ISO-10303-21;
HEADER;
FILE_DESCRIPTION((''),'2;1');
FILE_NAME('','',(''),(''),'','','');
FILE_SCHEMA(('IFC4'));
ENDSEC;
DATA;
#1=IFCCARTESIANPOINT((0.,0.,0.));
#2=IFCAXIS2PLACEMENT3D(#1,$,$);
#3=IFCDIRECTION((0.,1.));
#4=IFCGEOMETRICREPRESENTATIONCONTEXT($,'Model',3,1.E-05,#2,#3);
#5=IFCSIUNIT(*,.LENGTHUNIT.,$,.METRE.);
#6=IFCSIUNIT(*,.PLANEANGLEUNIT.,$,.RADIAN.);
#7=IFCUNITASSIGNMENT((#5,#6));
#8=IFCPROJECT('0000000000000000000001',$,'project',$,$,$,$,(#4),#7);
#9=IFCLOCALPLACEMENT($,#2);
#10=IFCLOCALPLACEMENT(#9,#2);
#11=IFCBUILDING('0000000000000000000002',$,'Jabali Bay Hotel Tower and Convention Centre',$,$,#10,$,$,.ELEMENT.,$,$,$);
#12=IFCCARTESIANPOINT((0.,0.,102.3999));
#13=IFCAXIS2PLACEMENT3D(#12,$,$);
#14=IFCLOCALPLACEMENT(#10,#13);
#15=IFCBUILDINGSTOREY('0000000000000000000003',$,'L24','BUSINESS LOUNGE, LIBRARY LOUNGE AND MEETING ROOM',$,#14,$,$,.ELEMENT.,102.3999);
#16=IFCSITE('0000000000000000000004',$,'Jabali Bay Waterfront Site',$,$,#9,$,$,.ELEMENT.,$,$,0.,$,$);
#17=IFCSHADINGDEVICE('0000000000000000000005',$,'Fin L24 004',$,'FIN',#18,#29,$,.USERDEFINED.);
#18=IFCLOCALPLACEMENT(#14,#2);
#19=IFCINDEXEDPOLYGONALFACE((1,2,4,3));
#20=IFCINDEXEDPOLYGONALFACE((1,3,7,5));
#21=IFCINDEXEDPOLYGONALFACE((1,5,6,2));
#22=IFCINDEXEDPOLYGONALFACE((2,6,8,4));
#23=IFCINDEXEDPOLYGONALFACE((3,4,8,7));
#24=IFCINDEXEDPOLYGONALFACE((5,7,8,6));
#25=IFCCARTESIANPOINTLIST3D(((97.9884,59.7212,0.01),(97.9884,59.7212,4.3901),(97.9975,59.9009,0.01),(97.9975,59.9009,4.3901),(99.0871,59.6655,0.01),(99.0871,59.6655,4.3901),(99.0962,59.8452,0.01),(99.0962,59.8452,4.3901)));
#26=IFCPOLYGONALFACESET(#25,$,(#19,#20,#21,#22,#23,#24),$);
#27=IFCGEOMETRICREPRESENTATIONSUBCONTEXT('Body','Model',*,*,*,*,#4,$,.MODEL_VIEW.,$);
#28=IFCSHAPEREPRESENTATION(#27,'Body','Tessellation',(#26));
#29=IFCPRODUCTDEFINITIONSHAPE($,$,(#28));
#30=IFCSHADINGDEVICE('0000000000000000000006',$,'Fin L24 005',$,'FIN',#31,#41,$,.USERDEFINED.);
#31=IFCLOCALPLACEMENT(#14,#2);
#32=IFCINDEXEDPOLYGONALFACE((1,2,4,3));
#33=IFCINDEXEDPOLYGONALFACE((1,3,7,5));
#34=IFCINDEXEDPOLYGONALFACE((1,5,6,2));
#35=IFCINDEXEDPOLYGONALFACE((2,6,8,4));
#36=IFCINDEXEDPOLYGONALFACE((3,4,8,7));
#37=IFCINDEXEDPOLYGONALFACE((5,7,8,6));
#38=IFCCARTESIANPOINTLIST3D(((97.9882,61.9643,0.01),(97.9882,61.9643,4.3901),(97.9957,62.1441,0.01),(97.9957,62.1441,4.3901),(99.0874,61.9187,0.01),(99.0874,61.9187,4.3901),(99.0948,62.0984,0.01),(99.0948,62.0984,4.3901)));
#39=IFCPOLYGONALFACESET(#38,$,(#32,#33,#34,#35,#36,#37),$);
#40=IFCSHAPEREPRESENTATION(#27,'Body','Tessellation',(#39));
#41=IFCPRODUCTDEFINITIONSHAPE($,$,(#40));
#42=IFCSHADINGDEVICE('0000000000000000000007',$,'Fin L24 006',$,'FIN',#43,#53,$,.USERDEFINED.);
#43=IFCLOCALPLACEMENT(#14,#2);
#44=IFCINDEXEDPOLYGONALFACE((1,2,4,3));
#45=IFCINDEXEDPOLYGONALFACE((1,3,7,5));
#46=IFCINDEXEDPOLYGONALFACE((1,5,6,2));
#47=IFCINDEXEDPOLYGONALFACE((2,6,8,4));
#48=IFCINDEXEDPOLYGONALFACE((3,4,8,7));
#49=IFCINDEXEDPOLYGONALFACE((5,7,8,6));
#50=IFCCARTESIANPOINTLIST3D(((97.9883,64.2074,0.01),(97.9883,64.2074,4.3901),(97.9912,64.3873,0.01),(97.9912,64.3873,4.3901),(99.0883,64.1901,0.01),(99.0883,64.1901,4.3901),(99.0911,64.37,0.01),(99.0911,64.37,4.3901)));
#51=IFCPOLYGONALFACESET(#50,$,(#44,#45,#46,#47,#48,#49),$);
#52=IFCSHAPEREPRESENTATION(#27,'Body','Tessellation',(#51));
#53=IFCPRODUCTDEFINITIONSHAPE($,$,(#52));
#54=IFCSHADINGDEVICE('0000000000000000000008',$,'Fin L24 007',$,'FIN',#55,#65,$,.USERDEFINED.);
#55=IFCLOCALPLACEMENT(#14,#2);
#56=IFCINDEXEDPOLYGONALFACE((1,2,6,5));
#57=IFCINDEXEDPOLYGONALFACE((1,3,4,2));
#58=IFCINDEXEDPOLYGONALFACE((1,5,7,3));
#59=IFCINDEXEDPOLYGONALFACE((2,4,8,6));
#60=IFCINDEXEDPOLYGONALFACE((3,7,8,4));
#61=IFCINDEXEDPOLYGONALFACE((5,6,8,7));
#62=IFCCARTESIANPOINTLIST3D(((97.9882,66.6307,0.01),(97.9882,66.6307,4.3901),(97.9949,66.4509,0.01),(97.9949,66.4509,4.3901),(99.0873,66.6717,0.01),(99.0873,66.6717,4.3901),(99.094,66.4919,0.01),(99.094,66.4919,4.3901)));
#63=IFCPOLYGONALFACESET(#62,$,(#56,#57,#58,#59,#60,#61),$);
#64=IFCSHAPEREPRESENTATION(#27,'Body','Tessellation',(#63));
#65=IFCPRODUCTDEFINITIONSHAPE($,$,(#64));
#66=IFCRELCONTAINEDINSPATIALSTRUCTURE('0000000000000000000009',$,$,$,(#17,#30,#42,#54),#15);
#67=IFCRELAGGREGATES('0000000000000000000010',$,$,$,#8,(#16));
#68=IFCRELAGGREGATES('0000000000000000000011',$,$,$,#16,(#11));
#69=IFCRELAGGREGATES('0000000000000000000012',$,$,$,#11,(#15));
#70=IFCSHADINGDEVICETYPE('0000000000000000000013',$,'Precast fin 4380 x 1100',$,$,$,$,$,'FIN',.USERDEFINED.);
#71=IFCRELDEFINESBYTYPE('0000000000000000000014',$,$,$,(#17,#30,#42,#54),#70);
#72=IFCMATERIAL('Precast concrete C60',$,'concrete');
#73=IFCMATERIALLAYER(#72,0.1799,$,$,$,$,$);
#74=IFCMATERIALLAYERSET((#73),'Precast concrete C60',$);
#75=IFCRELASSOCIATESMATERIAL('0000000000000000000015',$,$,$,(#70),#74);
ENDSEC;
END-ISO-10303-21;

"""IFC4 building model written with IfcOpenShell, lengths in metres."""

from ifc_helpers import new_model, si_unit, direction, frame, frame_2d, origin, place, context, subcontext, project, spatial, rectangle, extrude, material, layer, layer_set, type_object, element, save


model = new_model("IFC4")

# Units and contexts
model_context = context("Model", 3, precision=1e-05, world=origin(), true_north=direction((0.0, 1.0)))
body_context = subcontext(model_context, "Body", "Model", "MODEL_VIEW")
ifc_project = project(units=[si_unit("LENGTHUNIT", "METRE"), si_unit("PLANEANGLEUNIT", "RADIAN")], contexts=[model_context])

# Site, building, storey
site_placement = place(None, origin())
site = spatial("IfcSite", under=ifc_project, at=site_placement, Name="Jabali Bay Waterfront Site", CompositionType="ELEMENT", RefElevation=0.0)
building_placement = place(site_placement, origin())
building = spatial("IfcBuilding", under=site, at=building_placement, Name="Jabali Bay Hotel Tower and Convention Centre", CompositionType="ELEMENT")
storey_placement = place(building_placement, frame((0.0, 0.0, 102.3999)))
storey = spatial("IfcBuildingStorey", under=building, at=storey_placement, Name="L24", Description="BUSINESS LOUNGE, LIBRARY LOUNGE AND MEETING ROOM", CompositionType="ELEMENT", Elevation=102.3999)

# Shading devices
ifc_material_1 = material(Name="Precast concrete C60", Category="concrete")
ifc_layer_1 = layer(ifc_material_1, 0.1799)
ifc_layer_set_1 = layer_set([ifc_layer_1], Name="Precast concrete C60")
shading_device_type = type_object("IfcShadingDeviceType", Name="Precast fin 4380 x 1100", ElementType="FIN", PredefinedType="USERDEFINED", material=ifc_layer_set_1)
for number, where, z_axis, x_axis, name in (
    (1, (97.9929, 59.811, 0.01), (0.0, 0.0, 1.0), (0.998719, -0.050602, 0.0), "Fin L24 004"),
    (2, (97.9919, 62.0542, 0.01), (0.0, 0.0, 1.0), (0.999138, -0.041501, 0.0), "Fin L24 005"),
    (3, (97.9897, 64.2974, 0.01), (0.0, 0.0, 1.0), (0.999876, -0.015758, 0.0), "Fin L24 006"),
):
    element("IfcShadingDevice", number, at=place(storey_placement, frame(where, z_axis=z_axis, x_axis=x_axis)), inside=storey, type_object=shading_device_type, Name=name, ObjectType="FIN", PredefinedType="USERDEFINED", context=body_context, shape_type="SweptSolid", body=[
        extrude(rectangle(XDim=1.1001, YDim=0.1799, at=frame_2d((0.55, 0.0))), origin(), (0.0, 0.0, 1.0), 4.3801),
    ])
shading_device_1_placement = place(storey_placement, frame((97.9917, 66.5408, 0.01), z_axis=(0.0, 0.0, 1.0), x_axis=(0.999304, 0.037291, 0.0)))
element("IfcShadingDevice", 4, at=shading_device_1_placement, inside=storey, type_object=shading_device_type, Name="Fin L24 007", ObjectType="FIN", PredefinedType="USERDEFINED", context=body_context, shape_type="SweptSolid", body=[
    extrude(rectangle(XDim=1.0999, YDim=0.1799, at=frame_2d((0.5498, 0.0))), origin(), (0.0, 0.0, 1.0), 4.3801),
])

save(model, "model.ifc")
